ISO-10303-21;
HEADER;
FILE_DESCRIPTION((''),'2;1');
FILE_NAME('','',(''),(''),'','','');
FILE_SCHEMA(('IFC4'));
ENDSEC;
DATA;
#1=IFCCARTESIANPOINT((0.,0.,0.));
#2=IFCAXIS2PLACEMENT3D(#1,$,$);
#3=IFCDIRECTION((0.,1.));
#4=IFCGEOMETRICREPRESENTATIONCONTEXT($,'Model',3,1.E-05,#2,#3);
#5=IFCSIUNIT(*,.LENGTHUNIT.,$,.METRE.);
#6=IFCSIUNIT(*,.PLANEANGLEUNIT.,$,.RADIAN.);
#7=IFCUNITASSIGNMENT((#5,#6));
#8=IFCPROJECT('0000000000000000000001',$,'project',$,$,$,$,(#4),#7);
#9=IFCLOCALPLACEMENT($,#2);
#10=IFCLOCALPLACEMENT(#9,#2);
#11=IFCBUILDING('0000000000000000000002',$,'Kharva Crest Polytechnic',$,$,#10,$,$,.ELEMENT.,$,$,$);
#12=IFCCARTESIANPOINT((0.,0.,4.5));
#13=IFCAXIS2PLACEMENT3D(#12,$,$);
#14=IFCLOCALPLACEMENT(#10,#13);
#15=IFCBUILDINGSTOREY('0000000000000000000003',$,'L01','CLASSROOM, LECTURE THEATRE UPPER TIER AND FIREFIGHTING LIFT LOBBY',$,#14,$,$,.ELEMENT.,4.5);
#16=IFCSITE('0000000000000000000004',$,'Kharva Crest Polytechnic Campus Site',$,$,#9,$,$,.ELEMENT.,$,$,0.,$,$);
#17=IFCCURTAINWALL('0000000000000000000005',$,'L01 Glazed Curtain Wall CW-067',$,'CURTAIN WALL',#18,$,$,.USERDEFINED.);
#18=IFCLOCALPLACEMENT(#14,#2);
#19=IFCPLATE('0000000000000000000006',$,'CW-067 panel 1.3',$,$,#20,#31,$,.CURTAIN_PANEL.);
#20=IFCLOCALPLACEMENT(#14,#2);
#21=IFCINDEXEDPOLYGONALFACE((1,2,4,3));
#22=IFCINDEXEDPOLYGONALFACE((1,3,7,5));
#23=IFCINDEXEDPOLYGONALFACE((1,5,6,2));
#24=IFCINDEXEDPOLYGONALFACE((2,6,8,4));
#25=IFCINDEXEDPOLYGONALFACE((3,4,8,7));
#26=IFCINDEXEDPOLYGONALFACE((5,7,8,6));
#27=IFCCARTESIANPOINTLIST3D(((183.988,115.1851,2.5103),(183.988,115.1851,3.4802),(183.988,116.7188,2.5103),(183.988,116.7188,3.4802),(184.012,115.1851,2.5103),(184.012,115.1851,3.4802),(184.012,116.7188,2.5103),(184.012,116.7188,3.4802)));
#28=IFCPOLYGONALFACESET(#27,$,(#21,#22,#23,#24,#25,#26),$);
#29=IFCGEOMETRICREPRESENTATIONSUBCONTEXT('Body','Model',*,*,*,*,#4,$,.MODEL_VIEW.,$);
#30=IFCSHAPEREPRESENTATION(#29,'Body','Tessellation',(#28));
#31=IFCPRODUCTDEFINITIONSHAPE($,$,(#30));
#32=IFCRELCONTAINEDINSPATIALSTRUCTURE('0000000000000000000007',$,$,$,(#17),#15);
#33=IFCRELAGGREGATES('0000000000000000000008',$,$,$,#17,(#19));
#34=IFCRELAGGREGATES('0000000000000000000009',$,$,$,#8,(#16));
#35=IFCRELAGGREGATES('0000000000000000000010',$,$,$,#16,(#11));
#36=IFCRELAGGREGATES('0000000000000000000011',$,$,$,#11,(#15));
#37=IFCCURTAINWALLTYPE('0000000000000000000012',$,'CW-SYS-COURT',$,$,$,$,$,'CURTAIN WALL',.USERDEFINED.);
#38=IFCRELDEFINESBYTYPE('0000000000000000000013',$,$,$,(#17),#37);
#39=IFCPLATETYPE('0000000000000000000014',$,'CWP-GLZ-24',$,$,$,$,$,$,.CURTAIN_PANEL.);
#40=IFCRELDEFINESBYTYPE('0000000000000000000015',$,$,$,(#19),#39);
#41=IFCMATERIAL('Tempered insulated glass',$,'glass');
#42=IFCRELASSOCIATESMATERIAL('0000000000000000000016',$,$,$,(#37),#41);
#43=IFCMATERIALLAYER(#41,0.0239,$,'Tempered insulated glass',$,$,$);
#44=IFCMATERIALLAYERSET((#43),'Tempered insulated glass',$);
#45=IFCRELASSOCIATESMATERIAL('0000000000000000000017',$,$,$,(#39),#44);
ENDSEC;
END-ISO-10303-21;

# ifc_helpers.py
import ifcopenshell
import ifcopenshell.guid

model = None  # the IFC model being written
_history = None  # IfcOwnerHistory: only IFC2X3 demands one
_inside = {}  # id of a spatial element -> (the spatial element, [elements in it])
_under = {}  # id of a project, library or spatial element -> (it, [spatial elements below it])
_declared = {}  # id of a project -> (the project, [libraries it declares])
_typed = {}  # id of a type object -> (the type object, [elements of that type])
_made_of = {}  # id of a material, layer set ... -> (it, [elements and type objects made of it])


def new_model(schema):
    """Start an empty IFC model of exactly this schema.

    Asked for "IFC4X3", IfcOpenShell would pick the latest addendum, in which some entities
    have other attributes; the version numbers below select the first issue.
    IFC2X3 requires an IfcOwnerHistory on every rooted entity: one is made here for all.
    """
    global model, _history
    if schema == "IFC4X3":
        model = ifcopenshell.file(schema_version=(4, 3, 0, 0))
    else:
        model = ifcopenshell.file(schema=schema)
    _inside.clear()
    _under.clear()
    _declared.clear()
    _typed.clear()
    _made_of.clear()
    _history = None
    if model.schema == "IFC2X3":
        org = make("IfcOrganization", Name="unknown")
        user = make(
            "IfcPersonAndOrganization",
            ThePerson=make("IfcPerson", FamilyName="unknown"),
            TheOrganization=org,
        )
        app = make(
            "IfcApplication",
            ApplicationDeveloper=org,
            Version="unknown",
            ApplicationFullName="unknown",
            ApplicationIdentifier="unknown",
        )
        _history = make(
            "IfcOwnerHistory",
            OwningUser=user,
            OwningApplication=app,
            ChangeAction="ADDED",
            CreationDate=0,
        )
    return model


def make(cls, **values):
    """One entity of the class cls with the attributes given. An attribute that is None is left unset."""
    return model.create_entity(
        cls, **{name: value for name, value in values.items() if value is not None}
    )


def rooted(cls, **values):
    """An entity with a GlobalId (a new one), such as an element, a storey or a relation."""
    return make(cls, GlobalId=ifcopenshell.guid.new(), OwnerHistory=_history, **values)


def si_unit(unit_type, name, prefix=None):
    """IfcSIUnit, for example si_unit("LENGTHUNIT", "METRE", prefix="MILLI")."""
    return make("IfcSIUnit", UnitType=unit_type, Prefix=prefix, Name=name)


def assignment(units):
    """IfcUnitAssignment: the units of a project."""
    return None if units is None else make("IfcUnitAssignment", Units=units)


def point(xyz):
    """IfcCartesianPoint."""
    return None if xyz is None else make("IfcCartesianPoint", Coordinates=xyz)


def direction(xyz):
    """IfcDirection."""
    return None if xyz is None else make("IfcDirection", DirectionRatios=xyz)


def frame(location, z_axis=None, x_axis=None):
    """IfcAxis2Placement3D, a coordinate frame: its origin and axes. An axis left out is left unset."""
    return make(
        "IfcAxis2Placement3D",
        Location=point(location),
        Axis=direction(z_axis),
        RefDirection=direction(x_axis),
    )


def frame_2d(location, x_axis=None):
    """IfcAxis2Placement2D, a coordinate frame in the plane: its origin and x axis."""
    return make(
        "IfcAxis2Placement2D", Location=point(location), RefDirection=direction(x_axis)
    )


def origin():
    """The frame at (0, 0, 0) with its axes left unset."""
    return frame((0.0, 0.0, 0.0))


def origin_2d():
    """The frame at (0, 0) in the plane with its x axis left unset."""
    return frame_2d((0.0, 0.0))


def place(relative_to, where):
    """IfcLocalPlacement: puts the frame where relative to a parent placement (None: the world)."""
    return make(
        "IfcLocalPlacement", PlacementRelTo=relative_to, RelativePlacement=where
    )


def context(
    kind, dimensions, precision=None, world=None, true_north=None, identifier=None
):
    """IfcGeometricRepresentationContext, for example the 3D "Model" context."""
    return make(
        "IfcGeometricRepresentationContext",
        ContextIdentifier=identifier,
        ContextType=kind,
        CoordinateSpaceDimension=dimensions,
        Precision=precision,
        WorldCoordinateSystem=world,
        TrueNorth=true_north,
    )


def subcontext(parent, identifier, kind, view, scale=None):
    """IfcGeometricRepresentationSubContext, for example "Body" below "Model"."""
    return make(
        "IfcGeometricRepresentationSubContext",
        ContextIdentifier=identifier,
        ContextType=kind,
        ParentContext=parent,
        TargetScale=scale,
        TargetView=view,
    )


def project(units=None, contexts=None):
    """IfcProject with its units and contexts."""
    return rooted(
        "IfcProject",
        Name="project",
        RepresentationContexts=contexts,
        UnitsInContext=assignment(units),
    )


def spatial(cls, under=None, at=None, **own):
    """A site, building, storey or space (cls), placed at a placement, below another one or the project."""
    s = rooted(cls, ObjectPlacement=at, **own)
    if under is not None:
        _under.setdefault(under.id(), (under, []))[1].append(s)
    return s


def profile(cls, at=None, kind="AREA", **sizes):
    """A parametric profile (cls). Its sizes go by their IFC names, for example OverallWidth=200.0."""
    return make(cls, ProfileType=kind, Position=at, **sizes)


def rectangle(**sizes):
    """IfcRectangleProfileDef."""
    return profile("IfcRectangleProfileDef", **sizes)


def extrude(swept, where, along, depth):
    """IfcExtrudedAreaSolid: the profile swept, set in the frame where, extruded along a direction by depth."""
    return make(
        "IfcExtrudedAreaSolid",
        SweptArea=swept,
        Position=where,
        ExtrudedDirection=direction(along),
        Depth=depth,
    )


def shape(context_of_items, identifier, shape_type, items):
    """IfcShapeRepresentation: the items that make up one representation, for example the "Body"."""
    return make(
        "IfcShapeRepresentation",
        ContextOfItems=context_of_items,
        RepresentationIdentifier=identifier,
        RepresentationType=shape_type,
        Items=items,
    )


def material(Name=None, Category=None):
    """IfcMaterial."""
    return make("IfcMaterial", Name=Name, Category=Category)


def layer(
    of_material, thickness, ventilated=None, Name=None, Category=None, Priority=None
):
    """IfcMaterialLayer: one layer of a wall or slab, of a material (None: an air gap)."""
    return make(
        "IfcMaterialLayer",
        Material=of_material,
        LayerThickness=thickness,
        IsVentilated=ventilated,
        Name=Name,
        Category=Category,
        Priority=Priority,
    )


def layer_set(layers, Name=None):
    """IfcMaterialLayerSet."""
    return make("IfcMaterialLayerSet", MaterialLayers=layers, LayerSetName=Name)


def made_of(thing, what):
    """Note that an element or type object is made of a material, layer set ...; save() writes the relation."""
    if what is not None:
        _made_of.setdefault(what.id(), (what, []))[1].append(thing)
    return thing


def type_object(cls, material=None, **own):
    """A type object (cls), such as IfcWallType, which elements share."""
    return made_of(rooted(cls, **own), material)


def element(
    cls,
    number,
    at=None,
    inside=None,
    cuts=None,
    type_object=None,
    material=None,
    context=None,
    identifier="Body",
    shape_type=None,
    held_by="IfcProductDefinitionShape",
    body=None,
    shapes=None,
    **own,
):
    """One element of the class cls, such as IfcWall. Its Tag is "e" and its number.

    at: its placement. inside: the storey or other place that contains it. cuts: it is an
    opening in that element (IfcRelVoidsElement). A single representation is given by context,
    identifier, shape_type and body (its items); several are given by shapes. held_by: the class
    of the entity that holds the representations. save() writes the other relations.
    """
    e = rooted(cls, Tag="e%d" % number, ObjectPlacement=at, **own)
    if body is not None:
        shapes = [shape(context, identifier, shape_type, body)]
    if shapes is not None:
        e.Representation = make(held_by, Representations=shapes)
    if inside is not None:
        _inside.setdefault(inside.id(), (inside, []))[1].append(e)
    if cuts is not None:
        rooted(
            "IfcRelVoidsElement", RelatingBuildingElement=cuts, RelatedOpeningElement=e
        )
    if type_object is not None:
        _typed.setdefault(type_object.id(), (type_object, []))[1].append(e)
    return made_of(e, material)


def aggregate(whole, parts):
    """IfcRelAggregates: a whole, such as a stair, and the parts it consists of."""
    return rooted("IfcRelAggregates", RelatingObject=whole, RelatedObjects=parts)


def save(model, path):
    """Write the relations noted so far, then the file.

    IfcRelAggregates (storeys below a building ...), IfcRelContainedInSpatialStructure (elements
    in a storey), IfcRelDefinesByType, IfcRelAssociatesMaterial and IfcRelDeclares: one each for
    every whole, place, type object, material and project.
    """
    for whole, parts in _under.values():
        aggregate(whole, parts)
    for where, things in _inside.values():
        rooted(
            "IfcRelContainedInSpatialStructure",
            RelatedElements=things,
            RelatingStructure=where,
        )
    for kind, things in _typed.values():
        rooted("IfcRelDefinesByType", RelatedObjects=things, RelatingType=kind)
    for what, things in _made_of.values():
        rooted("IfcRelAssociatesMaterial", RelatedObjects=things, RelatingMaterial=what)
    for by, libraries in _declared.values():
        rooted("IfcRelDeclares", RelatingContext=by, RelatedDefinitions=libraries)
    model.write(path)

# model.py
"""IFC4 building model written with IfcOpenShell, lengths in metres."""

from ifc_helpers import new_model, si_unit, direction, frame, origin, origin_2d, place, context, subcontext, project, spatial, rectangle, extrude, material, layer, layer_set, type_object, element, aggregate, save


model = new_model("IFC4")

# Units and contexts
model_context = context("Model", 3, precision=1e-05, world=origin(), true_north=direction((0.0, 1.0)))
body_context = subcontext(model_context, "Body", "Model", "MODEL_VIEW")
ifc_project = project(units=[si_unit("LENGTHUNIT", "METRE"), si_unit("PLANEANGLEUNIT", "RADIAN")], contexts=[model_context])

# Site, building, storey
site_placement = place(None, origin())
site = spatial("IfcSite", under=ifc_project, at=site_placement, Name="Kharva Crest Polytechnic Campus Site", CompositionType="ELEMENT", RefElevation=0.0)
building_placement = place(site_placement, origin())
building = spatial("IfcBuilding", under=site, at=building_placement, Name="Kharva Crest Polytechnic", CompositionType="ELEMENT")
storey_placement = place(building_placement, frame((0.0, 0.0, 4.5)))
storey = spatial("IfcBuildingStorey", under=building, at=storey_placement, Name="L01", Description="CLASSROOM, LECTURE THEATRE UPPER TIER AND FIREFIGHTING LIFT LOBBY", CompositionType="ELEMENT", Elevation=4.5)

# Curtain wall
ifc_material_1 = material(Name="Tempered insulated glass", Category="glass")
curtain_wall_type = type_object("IfcCurtainWallType", Name="CW-SYS-COURT", ElementType="CURTAIN WALL", PredefinedType="USERDEFINED", material=ifc_material_1)
curtain_wall_1_placement = place(storey_placement, origin())
curtain_wall_1 = element("IfcCurtainWall", 1, at=curtain_wall_1_placement, inside=storey, type_object=curtain_wall_type, Name="L01 Glazed Curtain Wall CW-067", ObjectType="CURTAIN WALL", PredefinedType="USERDEFINED")

# Plate
ifc_layer = layer(ifc_material_1, 0.0239, Name="Tempered insulated glass")
ifc_layer_set = layer_set([ifc_layer], Name="Tempered insulated glass")
plate_type = type_object("IfcPlateType", Name="CWP-GLZ-24", PredefinedType="CURTAIN_PANEL", material=ifc_layer_set)
plate_1_placement = place(storey_placement, frame((184.0, 115.9519, 2.5103), z_axis=(0.0, 0.0, 1.0), x_axis=(0.0, 1.0, 0.0)))
plate_1 = element("IfcPlate", 2, at=plate_1_placement, type_object=plate_type, Name="CW-067 panel 1.3", PredefinedType="CURTAIN_PANEL", context=body_context, shape_type="SweptSolid", body=[
    extrude(rectangle(XDim=1.5337, YDim=0.0239, at=origin_2d()), origin(), (0.0, 0.0, 1.0), 0.97),
])
aggregate(curtain_wall_1, [plate_1])

save(model, "model.ifc")
